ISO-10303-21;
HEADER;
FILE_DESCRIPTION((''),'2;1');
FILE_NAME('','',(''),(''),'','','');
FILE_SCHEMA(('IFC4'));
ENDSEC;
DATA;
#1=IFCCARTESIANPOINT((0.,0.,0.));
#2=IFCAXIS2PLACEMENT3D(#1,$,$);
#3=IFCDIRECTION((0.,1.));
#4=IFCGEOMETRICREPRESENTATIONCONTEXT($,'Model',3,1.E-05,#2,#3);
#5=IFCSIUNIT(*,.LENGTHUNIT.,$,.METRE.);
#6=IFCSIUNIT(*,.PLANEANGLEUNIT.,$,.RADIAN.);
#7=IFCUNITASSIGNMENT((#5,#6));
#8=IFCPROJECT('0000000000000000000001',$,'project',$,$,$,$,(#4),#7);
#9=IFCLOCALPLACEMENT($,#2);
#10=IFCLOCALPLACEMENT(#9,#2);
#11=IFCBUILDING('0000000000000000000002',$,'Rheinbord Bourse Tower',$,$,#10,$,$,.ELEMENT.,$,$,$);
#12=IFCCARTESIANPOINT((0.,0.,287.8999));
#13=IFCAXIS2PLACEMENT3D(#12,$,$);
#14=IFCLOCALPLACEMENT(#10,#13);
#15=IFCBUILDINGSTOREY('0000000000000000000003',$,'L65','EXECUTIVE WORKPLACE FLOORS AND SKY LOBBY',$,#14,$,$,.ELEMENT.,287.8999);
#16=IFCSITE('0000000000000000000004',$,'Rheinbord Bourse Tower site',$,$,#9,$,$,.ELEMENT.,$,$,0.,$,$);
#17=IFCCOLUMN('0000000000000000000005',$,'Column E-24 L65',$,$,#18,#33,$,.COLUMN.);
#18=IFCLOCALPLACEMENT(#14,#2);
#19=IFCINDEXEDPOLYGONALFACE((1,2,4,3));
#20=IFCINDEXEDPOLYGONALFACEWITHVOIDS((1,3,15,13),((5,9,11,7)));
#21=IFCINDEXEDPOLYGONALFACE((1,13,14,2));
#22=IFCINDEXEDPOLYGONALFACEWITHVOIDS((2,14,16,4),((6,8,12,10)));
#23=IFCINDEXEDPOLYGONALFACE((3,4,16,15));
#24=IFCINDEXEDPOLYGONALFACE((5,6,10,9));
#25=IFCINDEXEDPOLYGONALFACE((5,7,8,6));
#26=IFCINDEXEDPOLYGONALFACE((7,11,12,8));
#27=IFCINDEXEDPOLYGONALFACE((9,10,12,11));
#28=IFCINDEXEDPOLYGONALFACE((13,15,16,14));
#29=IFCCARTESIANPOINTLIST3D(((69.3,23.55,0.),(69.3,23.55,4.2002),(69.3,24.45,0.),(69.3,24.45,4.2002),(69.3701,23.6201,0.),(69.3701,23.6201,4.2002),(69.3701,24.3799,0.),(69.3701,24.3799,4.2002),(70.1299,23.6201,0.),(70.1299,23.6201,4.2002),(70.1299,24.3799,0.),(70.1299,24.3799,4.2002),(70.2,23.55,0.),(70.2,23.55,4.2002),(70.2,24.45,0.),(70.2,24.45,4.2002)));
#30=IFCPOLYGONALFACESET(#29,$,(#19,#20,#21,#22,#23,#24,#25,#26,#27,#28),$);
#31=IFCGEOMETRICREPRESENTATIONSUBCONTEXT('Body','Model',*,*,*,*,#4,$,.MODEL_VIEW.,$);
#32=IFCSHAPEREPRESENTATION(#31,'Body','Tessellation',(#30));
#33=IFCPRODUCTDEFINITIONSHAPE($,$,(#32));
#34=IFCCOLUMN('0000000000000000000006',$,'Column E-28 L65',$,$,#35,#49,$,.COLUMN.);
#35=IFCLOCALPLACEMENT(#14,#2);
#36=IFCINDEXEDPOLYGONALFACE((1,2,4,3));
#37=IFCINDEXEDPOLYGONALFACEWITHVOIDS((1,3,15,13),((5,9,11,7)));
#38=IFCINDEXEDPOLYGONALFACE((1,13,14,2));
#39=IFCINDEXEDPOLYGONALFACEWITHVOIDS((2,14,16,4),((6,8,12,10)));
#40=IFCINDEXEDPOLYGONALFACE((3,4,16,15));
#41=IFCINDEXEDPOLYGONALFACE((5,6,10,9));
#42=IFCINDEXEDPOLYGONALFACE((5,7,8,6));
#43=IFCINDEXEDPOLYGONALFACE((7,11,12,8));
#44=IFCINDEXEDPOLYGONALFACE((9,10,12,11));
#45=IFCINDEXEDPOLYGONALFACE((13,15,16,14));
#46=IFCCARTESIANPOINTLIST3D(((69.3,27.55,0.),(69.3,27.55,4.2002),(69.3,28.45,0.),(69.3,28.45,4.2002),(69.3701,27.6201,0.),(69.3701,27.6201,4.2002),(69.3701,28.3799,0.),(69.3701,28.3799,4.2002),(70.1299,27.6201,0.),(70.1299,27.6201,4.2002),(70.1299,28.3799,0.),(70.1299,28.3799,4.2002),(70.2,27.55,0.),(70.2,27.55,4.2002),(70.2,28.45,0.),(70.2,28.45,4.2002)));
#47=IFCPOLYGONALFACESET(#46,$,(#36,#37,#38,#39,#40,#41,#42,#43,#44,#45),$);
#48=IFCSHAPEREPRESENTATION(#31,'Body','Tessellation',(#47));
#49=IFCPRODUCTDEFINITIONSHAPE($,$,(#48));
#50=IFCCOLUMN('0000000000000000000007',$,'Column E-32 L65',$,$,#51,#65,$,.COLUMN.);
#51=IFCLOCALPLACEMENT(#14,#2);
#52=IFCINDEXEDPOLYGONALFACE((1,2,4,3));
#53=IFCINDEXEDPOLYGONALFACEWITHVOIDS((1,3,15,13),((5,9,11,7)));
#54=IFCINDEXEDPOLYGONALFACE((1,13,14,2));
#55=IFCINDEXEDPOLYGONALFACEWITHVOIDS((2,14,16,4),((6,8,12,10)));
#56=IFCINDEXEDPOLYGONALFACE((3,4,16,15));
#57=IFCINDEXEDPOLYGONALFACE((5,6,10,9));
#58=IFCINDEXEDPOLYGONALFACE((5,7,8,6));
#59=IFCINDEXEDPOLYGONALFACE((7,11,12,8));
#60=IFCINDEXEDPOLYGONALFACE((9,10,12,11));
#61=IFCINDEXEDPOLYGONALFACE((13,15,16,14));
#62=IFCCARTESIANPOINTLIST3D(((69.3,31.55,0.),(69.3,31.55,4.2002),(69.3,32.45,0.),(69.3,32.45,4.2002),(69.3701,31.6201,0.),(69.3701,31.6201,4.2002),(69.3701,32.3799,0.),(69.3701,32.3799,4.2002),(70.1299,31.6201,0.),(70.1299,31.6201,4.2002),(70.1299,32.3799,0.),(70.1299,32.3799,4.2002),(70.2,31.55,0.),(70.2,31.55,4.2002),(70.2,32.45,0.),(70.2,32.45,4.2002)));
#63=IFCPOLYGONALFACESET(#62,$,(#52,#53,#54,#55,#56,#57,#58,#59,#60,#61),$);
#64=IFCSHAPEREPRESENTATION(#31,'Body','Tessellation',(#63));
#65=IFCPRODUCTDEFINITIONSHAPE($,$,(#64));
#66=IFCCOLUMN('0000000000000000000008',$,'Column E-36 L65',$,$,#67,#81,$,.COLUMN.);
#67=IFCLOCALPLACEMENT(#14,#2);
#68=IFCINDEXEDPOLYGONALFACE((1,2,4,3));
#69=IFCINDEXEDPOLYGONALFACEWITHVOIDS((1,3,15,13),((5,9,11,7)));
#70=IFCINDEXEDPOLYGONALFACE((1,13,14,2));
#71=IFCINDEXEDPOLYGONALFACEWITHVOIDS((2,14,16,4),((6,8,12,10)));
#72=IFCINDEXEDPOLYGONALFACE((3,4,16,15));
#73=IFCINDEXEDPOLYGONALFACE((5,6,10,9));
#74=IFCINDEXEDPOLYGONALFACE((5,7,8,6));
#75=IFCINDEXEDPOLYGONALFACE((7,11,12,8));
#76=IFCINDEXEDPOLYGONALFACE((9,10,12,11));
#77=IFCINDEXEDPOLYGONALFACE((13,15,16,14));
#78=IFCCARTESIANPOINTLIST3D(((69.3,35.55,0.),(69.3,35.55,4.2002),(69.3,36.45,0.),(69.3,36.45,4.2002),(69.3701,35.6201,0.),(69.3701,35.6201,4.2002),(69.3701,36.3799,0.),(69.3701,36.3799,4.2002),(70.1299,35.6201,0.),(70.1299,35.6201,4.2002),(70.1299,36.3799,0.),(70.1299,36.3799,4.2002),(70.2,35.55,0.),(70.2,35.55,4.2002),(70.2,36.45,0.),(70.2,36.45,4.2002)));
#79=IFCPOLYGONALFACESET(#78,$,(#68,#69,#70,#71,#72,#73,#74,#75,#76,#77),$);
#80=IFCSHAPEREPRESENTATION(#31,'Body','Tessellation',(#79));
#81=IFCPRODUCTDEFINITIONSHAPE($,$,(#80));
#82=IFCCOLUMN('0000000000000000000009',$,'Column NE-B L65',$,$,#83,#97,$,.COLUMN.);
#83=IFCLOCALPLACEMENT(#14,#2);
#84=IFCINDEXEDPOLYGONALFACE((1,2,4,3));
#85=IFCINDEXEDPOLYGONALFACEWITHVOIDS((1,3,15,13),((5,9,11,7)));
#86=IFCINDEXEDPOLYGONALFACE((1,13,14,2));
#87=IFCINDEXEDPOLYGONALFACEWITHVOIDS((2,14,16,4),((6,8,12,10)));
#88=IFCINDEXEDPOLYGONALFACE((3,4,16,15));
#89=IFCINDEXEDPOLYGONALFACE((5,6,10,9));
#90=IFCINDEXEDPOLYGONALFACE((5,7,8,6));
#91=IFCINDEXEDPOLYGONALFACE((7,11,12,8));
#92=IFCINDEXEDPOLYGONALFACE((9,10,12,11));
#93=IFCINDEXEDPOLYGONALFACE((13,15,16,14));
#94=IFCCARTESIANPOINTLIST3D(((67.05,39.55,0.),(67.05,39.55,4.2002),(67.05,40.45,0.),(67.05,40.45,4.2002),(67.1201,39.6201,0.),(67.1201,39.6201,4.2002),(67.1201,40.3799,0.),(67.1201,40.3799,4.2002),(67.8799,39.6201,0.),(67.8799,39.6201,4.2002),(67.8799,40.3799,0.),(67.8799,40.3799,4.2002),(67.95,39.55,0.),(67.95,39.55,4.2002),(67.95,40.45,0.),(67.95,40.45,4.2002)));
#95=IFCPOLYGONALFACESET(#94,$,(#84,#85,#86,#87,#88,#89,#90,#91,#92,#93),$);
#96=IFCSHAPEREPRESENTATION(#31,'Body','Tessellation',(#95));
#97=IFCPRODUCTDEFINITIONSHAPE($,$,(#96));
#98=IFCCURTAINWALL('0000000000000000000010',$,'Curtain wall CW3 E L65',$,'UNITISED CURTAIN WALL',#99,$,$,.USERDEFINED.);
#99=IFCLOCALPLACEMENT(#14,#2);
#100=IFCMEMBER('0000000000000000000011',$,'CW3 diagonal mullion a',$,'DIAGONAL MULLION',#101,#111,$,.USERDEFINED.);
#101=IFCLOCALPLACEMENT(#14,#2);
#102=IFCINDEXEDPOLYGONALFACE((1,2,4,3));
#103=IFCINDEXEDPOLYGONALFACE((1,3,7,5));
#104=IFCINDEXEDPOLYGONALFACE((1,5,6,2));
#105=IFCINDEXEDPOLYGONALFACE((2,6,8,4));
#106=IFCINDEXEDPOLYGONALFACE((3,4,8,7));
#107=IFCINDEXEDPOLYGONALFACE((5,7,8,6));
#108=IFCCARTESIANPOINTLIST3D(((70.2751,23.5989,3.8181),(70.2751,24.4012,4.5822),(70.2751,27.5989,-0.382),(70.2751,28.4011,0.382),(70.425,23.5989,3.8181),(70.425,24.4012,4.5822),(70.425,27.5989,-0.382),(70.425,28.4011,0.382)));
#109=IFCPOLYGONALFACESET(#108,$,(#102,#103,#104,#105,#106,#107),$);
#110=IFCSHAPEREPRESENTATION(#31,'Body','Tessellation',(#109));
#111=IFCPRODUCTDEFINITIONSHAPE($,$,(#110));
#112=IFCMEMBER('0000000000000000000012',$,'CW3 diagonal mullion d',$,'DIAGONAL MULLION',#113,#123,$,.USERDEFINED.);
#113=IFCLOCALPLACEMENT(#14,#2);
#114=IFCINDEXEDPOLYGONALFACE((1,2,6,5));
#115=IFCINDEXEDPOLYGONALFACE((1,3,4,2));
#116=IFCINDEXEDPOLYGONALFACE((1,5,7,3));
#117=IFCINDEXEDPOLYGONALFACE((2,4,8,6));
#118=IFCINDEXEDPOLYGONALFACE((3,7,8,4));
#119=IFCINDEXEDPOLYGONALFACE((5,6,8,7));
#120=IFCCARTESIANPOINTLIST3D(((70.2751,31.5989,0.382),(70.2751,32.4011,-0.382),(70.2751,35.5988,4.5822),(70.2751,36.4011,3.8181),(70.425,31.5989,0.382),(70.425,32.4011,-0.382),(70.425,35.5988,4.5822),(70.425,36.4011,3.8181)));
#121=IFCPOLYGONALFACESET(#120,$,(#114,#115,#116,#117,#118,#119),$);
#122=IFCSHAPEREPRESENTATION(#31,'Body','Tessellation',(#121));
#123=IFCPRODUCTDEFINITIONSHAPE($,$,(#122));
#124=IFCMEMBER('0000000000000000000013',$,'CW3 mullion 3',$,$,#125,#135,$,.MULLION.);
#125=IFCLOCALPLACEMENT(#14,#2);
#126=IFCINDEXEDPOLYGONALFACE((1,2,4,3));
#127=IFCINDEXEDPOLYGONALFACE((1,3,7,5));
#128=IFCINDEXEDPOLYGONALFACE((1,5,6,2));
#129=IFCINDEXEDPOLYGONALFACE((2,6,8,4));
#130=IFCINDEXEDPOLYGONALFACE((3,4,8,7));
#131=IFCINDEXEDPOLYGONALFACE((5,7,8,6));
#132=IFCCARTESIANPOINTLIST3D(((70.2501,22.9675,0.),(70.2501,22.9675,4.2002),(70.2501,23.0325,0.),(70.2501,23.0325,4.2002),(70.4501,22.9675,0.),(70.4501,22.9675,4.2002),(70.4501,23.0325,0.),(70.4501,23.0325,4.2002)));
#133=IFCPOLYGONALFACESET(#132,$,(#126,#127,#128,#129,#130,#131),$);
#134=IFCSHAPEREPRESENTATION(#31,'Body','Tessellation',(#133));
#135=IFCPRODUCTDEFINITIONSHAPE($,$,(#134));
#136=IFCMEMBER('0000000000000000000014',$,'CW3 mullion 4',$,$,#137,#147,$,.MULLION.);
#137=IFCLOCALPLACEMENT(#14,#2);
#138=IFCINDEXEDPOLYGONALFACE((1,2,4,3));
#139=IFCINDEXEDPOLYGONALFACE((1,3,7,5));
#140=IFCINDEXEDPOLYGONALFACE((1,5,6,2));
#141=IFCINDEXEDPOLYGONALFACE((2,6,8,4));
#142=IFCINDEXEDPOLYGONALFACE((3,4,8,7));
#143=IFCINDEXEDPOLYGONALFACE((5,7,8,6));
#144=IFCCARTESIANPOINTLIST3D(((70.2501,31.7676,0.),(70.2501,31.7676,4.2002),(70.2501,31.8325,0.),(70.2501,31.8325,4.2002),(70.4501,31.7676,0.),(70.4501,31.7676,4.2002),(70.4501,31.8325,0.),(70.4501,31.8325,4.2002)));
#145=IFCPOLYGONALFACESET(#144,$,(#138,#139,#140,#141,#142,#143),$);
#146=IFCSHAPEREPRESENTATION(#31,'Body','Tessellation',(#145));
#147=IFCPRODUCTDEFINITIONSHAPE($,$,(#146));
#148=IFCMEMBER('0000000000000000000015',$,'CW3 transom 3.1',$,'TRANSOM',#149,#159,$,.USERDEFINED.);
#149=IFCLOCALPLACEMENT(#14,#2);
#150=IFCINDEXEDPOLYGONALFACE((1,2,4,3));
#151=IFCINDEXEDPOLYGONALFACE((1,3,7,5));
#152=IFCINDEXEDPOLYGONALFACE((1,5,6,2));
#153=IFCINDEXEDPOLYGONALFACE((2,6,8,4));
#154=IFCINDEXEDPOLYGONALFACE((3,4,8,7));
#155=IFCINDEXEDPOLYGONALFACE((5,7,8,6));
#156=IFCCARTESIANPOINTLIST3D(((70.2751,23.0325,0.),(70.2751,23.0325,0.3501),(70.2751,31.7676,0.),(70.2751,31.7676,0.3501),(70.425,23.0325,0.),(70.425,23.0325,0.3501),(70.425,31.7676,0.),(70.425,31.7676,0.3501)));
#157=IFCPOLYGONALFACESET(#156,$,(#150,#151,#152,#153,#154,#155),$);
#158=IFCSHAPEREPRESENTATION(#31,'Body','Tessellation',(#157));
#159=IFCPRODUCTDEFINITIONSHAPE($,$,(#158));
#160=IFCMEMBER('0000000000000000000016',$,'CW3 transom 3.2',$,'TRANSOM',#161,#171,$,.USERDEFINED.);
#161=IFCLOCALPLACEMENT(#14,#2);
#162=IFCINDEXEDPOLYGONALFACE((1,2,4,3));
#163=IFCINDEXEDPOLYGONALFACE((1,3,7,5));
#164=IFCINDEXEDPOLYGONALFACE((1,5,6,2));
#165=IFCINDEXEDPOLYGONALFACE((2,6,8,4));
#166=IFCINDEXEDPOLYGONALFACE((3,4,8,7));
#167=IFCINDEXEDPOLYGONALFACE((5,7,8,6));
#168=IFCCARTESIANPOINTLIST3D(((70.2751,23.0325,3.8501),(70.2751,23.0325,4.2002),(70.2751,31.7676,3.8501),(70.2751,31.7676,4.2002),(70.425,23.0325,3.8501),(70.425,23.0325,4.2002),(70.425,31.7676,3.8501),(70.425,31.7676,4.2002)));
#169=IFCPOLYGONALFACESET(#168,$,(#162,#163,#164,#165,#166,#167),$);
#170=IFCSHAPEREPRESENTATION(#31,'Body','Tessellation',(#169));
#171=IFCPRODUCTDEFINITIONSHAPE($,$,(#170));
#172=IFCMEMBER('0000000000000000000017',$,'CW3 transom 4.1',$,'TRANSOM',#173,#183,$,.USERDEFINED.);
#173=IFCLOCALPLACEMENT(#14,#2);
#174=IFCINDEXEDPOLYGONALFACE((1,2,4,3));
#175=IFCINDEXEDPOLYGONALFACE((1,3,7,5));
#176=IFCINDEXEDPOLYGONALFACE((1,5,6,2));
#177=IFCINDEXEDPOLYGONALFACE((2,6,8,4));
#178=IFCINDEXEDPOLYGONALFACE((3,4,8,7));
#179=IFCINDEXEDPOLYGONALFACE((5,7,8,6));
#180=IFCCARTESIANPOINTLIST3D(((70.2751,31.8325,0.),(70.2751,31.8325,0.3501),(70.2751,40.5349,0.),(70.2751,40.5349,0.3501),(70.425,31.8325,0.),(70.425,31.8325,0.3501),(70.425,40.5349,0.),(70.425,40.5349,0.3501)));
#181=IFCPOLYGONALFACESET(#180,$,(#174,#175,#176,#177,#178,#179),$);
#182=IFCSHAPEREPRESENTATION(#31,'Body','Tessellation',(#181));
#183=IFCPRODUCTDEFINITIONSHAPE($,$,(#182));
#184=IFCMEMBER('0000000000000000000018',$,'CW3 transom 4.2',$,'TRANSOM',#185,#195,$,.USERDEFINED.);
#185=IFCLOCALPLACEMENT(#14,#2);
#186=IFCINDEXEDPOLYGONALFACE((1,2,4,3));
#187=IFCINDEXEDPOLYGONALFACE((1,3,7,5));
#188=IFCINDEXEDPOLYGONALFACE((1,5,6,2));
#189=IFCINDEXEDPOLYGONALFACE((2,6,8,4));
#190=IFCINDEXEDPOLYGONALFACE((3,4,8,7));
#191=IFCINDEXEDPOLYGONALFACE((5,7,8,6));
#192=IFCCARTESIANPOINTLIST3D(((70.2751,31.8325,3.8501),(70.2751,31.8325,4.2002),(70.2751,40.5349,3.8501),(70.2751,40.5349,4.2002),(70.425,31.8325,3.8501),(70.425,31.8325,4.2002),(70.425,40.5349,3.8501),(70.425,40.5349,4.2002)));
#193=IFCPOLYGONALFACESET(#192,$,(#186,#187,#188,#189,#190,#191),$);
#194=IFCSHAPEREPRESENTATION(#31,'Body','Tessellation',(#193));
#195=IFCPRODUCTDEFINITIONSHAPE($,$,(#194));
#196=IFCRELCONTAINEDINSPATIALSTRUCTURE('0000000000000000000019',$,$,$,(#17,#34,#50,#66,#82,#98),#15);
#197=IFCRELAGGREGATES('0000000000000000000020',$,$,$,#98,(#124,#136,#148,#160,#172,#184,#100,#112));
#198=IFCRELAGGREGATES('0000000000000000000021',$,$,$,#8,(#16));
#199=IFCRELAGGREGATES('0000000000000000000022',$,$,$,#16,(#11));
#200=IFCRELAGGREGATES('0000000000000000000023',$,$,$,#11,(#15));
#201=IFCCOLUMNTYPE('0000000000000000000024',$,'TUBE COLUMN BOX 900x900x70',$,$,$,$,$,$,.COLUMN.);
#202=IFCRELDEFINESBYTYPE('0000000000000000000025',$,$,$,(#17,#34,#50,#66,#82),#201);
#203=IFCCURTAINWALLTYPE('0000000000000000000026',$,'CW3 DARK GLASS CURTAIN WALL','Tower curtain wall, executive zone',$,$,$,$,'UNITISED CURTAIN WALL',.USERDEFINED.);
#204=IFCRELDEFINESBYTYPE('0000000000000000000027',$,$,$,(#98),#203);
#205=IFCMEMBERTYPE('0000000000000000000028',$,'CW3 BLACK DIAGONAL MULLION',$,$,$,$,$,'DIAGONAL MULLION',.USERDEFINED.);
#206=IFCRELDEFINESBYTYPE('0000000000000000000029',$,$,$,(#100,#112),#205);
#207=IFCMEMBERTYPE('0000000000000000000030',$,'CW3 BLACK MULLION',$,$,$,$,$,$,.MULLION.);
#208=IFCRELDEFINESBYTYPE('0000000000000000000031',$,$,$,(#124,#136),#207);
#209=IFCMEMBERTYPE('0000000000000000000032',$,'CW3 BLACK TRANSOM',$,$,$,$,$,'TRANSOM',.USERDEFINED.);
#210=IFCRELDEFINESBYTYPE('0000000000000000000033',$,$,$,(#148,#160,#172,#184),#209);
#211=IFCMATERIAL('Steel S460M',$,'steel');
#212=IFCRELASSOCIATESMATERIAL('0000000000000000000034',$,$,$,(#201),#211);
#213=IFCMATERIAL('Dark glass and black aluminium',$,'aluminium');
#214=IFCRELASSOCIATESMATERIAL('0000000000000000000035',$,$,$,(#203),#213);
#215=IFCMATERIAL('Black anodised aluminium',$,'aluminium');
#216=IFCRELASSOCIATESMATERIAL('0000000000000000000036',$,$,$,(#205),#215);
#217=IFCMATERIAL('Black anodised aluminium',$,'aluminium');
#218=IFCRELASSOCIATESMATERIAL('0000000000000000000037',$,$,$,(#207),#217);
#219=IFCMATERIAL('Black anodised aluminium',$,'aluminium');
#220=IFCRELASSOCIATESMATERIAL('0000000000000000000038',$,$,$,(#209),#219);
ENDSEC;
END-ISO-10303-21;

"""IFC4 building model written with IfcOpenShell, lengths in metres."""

from ifc_helpers import new_model, si_unit, direction, frame, origin, origin_2d, place, context, subcontext, project, spatial, rectangle, hollow_rectangle, extrude, material, material_profile, profile_set, type_object, element, aggregate, save


model = new_model("IFC4")

# Units and contexts
model_context = context("Model", 3, precision=1e-05, world=origin(), true_north=direction((0.0, 1.0)))
body_context = subcontext(model_context, "Body", "Model", "MODEL_VIEW")
ifc_project = project(units=[si_unit("LENGTHUNIT", "METRE"), si_unit("PLANEANGLEUNIT", "RADIAN")], contexts=[model_context])

# Site, building, storey
site_placement = place(None, origin())
site = spatial("IfcSite", under=ifc_project, at=site_placement, Name="Rheinbord Bourse Tower site", CompositionType="ELEMENT", RefElevation=0.0)
building_placement = place(site_placement, origin())
building = spatial("IfcBuilding", under=site, at=building_placement, Name="Rheinbord Bourse Tower", CompositionType="ELEMENT")
storey_placement = place(building_placement, frame((0.0, 0.0, 287.8999)))
storey = spatial("IfcBuildingStorey", under=building, at=storey_placement, Name="L65", Description="EXECUTIVE WORKPLACE FLOORS AND SKY LOBBY", CompositionType="ELEMENT", Elevation=287.8999)

# Columns
ifc_material_1 = material(Name="Steel S460M", Category="steel")
ifc_material_profile_1 = material_profile(ifc_material_1, hollow_rectangle(XDim=0.8999, YDim=0.8999, WallThickness=0.0701, at=origin_2d()), Name="BOX 900x900x70")
ifc_profile_set_1 = profile_set([ifc_material_profile_1], Name="Steel S460M")
column_type = type_object("IfcColumnType", Name="TUBE COLUMN BOX 900x900x70", PredefinedType="COLUMN", material=ifc_profile_set_1)
for number, where, z_axis, x_axis, name in (
    (1, (69.75, 24.0, 0.0), (0.0, 0.0, 1.0), (1.0, 0.0, 0.0), "Column E-24 L65"),
    (2, (69.75, 28.0, 0.0), (0.0, 0.0, 1.0), (1.0, 0.0, 0.0), "Column E-28 L65"),
    (3, (69.75, 32.0, 0.0), (0.0, 0.0, 1.0), (1.0, 0.0, 0.0), "Column E-32 L65"),
    (4, (69.75, 36.0, 0.0), (0.0, 0.0, 1.0), (1.0, 0.0, 0.0), "Column E-36 L65"),
    (5, (67.5, 40.0, 0.0), (0.0, 0.0, 1.0), (1.0, 0.0, 0.0), "Column NE-B L65"),
):
    element("IfcColumn", number, at=place(storey_placement, frame(where, z_axis=z_axis, x_axis=x_axis)), inside=storey, type_object=column_type, Name=name, PredefinedType="COLUMN", context=body_context, shape_type="SweptSolid", body=[
        extrude(hollow_rectangle(XDim=0.8999, YDim=0.8999, WallThickness=0.0701, at=origin_2d()), origin(), (0.0, 0.0, 1.0), 4.2002),
    ])

# Curtain wall, members
ifc_material_2 = material(Name="Dark glass and black aluminium", Category="aluminium")
curtain_wall_type = type_object("IfcCurtainWallType", Name="CW3 DARK GLASS CURTAIN WALL", Description="Tower curtain wall, executive zone", ElementType="UNITISED CURTAIN WALL", PredefinedType="USERDEFINED", material=ifc_material_2)
curtain_wall_placement = place(storey_placement, origin())
curtain_wall = element("IfcCurtainWall", 6, at=curtain_wall_placement, inside=storey, type_object=curtain_wall_type, Name="Curtain wall CW3 E L65", ObjectType="UNITISED CURTAIN WALL", PredefinedType="USERDEFINED")
ifc_material_3 = material(Name="Black anodised aluminium", Category="aluminium")
ifc_material_profile_2 = material_profile(ifc_material_3, rectangle(XDim=0.1499, YDim=1.1079, at=origin_2d()), Name="CW3 DIAGONAL MULLION 1108x150")
ifc_profile_set_2 = profile_set([ifc_material_profile_2], Name="Black anodised aluminium")
member_type_1 = type_object("IfcMemberType", Name="CW3 BLACK DIAGONAL MULLION", ElementType="DIAGONAL MULLION", PredefinedType="USERDEFINED", material=ifc_profile_set_2)
member_1_placement = place(storey_placement, frame((70.3501, 28.0, 0.0), z_axis=(0.0, -0.689638, 0.724154), x_axis=(1.0, 0.0, 0.0)))
member_1 = element("IfcMember", 7, at=member_1_placement, type_object=member_type_1, Name="CW3 diagonal mullion a", ObjectType="DIAGONAL MULLION", PredefinedType="USERDEFINED", context=body_context, shape_type="SweptSolid", body=[
    extrude(rectangle(XDim=0.1499, YDim=1.1079, at=origin_2d()), origin(), (0.0, 0.0, 1.0), 5.8),
])
member_2_placement = place(storey_placement, frame((70.3501, 32.0, 0.0), z_axis=(0.0, 0.689638, 0.724154), x_axis=(-1.0, 0.0, 0.0)))
member_2 = element("IfcMember", 8, at=member_2_placement, type_object=member_type_1, Name="CW3 diagonal mullion d", ObjectType="DIAGONAL MULLION", PredefinedType="USERDEFINED", context=body_context, shape_type="SweptSolid", body=[
    extrude(rectangle(XDim=0.1499, YDim=1.1079, at=origin_2d()), origin(), (0.0, 0.0, 1.0), 5.8),
])
ifc_material_4 = material(Name="Black anodised aluminium", Category="aluminium")
ifc_material_profile_3 = material_profile(ifc_material_4, rectangle(XDim=0.2, YDim=0.0649, at=origin_2d()), Name="CW3 MULLION 65x200")
ifc_profile_set_3 = profile_set([ifc_material_profile_3], Name="Black anodised aluminium")
member_type_2 = type_object("IfcMemberType", Name="CW3 BLACK MULLION", PredefinedType="MULLION", material=ifc_profile_set_3)
member_3_placement = place(storey_placement, frame((70.3501, 23.0, 0.0), z_axis=(0.0, 0.0, 1.0), x_axis=(-1.0, 0.0, 0.0)))
member_3 = element("IfcMember", 9, at=member_3_placement, type_object=member_type_2, Name="CW3 mullion 3", PredefinedType="MULLION", context=body_context, shape_type="SweptSolid", body=[
    extrude(rectangle(XDim=0.2, YDim=0.0649, at=origin_2d()), origin(), (0.0, 0.0, 1.0), 4.2002),
])
member_4_placement = place(storey_placement, frame((70.3501, 31.8, 0.0), z_axis=(0.0, 0.0, 1.0), x_axis=(-1.0, 0.0, 0.0)))
member_4 = element("IfcMember", 10, at=member_4_placement, type_object=member_type_2, Name="CW3 mullion 4", PredefinedType="MULLION", context=body_context, shape_type="SweptSolid", body=[
    extrude(rectangle(XDim=0.2, YDim=0.0649, at=origin_2d()), origin(), (0.0, 0.0, 1.0), 4.2002),
])
ifc_material_5 = material(Name="Black anodised aluminium", Category="aluminium")
ifc_material_profile_4 = material_profile(ifc_material_5, rectangle(XDim=0.1499, YDim=0.3501, at=origin_2d()), Name="CW3 TRANSOM 350x150")
ifc_profile_set_4 = profile_set([ifc_material_profile_4], Name="Black anodised aluminium")
member_type_3 = type_object("IfcMemberType", Name="CW3 BLACK TRANSOM", ElementType="TRANSOM", PredefinedType="USERDEFINED", material=ifc_profile_set_4)
member_5_placement = place(storey_placement, frame((70.3501, 23.0325, 0.175), z_axis=(0.0, 1.0, 0.0), x_axis=(-1.0, 0.0, 0.0)))
member_5 = element("IfcMember", 11, at=member_5_placement, type_object=member_type_3, Name="CW3 transom 3.1", ObjectType="TRANSOM", PredefinedType="USERDEFINED", context=body_context, shape_type="SweptSolid", body=[
    extrude(rectangle(XDim=0.1499, YDim=0.3501, at=origin_2d()), origin(), (0.0, 0.0, 1.0), 8.7351),
])
member_6_placement = place(storey_placement, frame((70.3501, 23.0325, 4.0251), z_axis=(0.0, 1.0, 0.0), x_axis=(-1.0, 0.0, 0.0)))
member_6 = element("IfcMember", 12, at=member_6_placement, type_object=member_type_3, Name="CW3 transom 3.2", ObjectType="TRANSOM", PredefinedType="USERDEFINED", context=body_context, shape_type="SweptSolid", body=[
    extrude(rectangle(XDim=0.1499, YDim=0.3501, at=origin_2d()), origin(), (0.0, 0.0, 1.0), 8.7351),
])
member_7_placement = place(storey_placement, frame((70.3501, 31.8325, 0.175), z_axis=(0.0, 1.0, 0.0), x_axis=(-1.0, 0.0, 0.0)))
member_7 = element("IfcMember", 13, at=member_7_placement, type_object=member_type_3, Name="CW3 transom 4.1", ObjectType="TRANSOM", PredefinedType="USERDEFINED", context=body_context, shape_type="SweptSolid", body=[
    extrude(rectangle(XDim=0.1499, YDim=0.3501, at=origin_2d()), origin(), (0.0, 0.0, 1.0), 8.7024),
])
member_8_placement = place(storey_placement, frame((70.3501, 31.8325, 4.0251), z_axis=(0.0, 1.0, 0.0), x_axis=(-1.0, 0.0, 0.0)))
member_8 = element("IfcMember", 14, at=member_8_placement, type_object=member_type_3, Name="CW3 transom 4.2", ObjectType="TRANSOM", PredefinedType="USERDEFINED", context=body_context, shape_type="SweptSolid", body=[
    extrude(rectangle(XDim=0.1499, YDim=0.3501, at=origin_2d()), origin(), (0.0, 0.0, 1.0), 8.7024),
])

aggregate(curtain_wall, [member_3, member_4, member_5, member_6, member_7, member_8, member_1, member_2])

save(model, "model.ifc")
